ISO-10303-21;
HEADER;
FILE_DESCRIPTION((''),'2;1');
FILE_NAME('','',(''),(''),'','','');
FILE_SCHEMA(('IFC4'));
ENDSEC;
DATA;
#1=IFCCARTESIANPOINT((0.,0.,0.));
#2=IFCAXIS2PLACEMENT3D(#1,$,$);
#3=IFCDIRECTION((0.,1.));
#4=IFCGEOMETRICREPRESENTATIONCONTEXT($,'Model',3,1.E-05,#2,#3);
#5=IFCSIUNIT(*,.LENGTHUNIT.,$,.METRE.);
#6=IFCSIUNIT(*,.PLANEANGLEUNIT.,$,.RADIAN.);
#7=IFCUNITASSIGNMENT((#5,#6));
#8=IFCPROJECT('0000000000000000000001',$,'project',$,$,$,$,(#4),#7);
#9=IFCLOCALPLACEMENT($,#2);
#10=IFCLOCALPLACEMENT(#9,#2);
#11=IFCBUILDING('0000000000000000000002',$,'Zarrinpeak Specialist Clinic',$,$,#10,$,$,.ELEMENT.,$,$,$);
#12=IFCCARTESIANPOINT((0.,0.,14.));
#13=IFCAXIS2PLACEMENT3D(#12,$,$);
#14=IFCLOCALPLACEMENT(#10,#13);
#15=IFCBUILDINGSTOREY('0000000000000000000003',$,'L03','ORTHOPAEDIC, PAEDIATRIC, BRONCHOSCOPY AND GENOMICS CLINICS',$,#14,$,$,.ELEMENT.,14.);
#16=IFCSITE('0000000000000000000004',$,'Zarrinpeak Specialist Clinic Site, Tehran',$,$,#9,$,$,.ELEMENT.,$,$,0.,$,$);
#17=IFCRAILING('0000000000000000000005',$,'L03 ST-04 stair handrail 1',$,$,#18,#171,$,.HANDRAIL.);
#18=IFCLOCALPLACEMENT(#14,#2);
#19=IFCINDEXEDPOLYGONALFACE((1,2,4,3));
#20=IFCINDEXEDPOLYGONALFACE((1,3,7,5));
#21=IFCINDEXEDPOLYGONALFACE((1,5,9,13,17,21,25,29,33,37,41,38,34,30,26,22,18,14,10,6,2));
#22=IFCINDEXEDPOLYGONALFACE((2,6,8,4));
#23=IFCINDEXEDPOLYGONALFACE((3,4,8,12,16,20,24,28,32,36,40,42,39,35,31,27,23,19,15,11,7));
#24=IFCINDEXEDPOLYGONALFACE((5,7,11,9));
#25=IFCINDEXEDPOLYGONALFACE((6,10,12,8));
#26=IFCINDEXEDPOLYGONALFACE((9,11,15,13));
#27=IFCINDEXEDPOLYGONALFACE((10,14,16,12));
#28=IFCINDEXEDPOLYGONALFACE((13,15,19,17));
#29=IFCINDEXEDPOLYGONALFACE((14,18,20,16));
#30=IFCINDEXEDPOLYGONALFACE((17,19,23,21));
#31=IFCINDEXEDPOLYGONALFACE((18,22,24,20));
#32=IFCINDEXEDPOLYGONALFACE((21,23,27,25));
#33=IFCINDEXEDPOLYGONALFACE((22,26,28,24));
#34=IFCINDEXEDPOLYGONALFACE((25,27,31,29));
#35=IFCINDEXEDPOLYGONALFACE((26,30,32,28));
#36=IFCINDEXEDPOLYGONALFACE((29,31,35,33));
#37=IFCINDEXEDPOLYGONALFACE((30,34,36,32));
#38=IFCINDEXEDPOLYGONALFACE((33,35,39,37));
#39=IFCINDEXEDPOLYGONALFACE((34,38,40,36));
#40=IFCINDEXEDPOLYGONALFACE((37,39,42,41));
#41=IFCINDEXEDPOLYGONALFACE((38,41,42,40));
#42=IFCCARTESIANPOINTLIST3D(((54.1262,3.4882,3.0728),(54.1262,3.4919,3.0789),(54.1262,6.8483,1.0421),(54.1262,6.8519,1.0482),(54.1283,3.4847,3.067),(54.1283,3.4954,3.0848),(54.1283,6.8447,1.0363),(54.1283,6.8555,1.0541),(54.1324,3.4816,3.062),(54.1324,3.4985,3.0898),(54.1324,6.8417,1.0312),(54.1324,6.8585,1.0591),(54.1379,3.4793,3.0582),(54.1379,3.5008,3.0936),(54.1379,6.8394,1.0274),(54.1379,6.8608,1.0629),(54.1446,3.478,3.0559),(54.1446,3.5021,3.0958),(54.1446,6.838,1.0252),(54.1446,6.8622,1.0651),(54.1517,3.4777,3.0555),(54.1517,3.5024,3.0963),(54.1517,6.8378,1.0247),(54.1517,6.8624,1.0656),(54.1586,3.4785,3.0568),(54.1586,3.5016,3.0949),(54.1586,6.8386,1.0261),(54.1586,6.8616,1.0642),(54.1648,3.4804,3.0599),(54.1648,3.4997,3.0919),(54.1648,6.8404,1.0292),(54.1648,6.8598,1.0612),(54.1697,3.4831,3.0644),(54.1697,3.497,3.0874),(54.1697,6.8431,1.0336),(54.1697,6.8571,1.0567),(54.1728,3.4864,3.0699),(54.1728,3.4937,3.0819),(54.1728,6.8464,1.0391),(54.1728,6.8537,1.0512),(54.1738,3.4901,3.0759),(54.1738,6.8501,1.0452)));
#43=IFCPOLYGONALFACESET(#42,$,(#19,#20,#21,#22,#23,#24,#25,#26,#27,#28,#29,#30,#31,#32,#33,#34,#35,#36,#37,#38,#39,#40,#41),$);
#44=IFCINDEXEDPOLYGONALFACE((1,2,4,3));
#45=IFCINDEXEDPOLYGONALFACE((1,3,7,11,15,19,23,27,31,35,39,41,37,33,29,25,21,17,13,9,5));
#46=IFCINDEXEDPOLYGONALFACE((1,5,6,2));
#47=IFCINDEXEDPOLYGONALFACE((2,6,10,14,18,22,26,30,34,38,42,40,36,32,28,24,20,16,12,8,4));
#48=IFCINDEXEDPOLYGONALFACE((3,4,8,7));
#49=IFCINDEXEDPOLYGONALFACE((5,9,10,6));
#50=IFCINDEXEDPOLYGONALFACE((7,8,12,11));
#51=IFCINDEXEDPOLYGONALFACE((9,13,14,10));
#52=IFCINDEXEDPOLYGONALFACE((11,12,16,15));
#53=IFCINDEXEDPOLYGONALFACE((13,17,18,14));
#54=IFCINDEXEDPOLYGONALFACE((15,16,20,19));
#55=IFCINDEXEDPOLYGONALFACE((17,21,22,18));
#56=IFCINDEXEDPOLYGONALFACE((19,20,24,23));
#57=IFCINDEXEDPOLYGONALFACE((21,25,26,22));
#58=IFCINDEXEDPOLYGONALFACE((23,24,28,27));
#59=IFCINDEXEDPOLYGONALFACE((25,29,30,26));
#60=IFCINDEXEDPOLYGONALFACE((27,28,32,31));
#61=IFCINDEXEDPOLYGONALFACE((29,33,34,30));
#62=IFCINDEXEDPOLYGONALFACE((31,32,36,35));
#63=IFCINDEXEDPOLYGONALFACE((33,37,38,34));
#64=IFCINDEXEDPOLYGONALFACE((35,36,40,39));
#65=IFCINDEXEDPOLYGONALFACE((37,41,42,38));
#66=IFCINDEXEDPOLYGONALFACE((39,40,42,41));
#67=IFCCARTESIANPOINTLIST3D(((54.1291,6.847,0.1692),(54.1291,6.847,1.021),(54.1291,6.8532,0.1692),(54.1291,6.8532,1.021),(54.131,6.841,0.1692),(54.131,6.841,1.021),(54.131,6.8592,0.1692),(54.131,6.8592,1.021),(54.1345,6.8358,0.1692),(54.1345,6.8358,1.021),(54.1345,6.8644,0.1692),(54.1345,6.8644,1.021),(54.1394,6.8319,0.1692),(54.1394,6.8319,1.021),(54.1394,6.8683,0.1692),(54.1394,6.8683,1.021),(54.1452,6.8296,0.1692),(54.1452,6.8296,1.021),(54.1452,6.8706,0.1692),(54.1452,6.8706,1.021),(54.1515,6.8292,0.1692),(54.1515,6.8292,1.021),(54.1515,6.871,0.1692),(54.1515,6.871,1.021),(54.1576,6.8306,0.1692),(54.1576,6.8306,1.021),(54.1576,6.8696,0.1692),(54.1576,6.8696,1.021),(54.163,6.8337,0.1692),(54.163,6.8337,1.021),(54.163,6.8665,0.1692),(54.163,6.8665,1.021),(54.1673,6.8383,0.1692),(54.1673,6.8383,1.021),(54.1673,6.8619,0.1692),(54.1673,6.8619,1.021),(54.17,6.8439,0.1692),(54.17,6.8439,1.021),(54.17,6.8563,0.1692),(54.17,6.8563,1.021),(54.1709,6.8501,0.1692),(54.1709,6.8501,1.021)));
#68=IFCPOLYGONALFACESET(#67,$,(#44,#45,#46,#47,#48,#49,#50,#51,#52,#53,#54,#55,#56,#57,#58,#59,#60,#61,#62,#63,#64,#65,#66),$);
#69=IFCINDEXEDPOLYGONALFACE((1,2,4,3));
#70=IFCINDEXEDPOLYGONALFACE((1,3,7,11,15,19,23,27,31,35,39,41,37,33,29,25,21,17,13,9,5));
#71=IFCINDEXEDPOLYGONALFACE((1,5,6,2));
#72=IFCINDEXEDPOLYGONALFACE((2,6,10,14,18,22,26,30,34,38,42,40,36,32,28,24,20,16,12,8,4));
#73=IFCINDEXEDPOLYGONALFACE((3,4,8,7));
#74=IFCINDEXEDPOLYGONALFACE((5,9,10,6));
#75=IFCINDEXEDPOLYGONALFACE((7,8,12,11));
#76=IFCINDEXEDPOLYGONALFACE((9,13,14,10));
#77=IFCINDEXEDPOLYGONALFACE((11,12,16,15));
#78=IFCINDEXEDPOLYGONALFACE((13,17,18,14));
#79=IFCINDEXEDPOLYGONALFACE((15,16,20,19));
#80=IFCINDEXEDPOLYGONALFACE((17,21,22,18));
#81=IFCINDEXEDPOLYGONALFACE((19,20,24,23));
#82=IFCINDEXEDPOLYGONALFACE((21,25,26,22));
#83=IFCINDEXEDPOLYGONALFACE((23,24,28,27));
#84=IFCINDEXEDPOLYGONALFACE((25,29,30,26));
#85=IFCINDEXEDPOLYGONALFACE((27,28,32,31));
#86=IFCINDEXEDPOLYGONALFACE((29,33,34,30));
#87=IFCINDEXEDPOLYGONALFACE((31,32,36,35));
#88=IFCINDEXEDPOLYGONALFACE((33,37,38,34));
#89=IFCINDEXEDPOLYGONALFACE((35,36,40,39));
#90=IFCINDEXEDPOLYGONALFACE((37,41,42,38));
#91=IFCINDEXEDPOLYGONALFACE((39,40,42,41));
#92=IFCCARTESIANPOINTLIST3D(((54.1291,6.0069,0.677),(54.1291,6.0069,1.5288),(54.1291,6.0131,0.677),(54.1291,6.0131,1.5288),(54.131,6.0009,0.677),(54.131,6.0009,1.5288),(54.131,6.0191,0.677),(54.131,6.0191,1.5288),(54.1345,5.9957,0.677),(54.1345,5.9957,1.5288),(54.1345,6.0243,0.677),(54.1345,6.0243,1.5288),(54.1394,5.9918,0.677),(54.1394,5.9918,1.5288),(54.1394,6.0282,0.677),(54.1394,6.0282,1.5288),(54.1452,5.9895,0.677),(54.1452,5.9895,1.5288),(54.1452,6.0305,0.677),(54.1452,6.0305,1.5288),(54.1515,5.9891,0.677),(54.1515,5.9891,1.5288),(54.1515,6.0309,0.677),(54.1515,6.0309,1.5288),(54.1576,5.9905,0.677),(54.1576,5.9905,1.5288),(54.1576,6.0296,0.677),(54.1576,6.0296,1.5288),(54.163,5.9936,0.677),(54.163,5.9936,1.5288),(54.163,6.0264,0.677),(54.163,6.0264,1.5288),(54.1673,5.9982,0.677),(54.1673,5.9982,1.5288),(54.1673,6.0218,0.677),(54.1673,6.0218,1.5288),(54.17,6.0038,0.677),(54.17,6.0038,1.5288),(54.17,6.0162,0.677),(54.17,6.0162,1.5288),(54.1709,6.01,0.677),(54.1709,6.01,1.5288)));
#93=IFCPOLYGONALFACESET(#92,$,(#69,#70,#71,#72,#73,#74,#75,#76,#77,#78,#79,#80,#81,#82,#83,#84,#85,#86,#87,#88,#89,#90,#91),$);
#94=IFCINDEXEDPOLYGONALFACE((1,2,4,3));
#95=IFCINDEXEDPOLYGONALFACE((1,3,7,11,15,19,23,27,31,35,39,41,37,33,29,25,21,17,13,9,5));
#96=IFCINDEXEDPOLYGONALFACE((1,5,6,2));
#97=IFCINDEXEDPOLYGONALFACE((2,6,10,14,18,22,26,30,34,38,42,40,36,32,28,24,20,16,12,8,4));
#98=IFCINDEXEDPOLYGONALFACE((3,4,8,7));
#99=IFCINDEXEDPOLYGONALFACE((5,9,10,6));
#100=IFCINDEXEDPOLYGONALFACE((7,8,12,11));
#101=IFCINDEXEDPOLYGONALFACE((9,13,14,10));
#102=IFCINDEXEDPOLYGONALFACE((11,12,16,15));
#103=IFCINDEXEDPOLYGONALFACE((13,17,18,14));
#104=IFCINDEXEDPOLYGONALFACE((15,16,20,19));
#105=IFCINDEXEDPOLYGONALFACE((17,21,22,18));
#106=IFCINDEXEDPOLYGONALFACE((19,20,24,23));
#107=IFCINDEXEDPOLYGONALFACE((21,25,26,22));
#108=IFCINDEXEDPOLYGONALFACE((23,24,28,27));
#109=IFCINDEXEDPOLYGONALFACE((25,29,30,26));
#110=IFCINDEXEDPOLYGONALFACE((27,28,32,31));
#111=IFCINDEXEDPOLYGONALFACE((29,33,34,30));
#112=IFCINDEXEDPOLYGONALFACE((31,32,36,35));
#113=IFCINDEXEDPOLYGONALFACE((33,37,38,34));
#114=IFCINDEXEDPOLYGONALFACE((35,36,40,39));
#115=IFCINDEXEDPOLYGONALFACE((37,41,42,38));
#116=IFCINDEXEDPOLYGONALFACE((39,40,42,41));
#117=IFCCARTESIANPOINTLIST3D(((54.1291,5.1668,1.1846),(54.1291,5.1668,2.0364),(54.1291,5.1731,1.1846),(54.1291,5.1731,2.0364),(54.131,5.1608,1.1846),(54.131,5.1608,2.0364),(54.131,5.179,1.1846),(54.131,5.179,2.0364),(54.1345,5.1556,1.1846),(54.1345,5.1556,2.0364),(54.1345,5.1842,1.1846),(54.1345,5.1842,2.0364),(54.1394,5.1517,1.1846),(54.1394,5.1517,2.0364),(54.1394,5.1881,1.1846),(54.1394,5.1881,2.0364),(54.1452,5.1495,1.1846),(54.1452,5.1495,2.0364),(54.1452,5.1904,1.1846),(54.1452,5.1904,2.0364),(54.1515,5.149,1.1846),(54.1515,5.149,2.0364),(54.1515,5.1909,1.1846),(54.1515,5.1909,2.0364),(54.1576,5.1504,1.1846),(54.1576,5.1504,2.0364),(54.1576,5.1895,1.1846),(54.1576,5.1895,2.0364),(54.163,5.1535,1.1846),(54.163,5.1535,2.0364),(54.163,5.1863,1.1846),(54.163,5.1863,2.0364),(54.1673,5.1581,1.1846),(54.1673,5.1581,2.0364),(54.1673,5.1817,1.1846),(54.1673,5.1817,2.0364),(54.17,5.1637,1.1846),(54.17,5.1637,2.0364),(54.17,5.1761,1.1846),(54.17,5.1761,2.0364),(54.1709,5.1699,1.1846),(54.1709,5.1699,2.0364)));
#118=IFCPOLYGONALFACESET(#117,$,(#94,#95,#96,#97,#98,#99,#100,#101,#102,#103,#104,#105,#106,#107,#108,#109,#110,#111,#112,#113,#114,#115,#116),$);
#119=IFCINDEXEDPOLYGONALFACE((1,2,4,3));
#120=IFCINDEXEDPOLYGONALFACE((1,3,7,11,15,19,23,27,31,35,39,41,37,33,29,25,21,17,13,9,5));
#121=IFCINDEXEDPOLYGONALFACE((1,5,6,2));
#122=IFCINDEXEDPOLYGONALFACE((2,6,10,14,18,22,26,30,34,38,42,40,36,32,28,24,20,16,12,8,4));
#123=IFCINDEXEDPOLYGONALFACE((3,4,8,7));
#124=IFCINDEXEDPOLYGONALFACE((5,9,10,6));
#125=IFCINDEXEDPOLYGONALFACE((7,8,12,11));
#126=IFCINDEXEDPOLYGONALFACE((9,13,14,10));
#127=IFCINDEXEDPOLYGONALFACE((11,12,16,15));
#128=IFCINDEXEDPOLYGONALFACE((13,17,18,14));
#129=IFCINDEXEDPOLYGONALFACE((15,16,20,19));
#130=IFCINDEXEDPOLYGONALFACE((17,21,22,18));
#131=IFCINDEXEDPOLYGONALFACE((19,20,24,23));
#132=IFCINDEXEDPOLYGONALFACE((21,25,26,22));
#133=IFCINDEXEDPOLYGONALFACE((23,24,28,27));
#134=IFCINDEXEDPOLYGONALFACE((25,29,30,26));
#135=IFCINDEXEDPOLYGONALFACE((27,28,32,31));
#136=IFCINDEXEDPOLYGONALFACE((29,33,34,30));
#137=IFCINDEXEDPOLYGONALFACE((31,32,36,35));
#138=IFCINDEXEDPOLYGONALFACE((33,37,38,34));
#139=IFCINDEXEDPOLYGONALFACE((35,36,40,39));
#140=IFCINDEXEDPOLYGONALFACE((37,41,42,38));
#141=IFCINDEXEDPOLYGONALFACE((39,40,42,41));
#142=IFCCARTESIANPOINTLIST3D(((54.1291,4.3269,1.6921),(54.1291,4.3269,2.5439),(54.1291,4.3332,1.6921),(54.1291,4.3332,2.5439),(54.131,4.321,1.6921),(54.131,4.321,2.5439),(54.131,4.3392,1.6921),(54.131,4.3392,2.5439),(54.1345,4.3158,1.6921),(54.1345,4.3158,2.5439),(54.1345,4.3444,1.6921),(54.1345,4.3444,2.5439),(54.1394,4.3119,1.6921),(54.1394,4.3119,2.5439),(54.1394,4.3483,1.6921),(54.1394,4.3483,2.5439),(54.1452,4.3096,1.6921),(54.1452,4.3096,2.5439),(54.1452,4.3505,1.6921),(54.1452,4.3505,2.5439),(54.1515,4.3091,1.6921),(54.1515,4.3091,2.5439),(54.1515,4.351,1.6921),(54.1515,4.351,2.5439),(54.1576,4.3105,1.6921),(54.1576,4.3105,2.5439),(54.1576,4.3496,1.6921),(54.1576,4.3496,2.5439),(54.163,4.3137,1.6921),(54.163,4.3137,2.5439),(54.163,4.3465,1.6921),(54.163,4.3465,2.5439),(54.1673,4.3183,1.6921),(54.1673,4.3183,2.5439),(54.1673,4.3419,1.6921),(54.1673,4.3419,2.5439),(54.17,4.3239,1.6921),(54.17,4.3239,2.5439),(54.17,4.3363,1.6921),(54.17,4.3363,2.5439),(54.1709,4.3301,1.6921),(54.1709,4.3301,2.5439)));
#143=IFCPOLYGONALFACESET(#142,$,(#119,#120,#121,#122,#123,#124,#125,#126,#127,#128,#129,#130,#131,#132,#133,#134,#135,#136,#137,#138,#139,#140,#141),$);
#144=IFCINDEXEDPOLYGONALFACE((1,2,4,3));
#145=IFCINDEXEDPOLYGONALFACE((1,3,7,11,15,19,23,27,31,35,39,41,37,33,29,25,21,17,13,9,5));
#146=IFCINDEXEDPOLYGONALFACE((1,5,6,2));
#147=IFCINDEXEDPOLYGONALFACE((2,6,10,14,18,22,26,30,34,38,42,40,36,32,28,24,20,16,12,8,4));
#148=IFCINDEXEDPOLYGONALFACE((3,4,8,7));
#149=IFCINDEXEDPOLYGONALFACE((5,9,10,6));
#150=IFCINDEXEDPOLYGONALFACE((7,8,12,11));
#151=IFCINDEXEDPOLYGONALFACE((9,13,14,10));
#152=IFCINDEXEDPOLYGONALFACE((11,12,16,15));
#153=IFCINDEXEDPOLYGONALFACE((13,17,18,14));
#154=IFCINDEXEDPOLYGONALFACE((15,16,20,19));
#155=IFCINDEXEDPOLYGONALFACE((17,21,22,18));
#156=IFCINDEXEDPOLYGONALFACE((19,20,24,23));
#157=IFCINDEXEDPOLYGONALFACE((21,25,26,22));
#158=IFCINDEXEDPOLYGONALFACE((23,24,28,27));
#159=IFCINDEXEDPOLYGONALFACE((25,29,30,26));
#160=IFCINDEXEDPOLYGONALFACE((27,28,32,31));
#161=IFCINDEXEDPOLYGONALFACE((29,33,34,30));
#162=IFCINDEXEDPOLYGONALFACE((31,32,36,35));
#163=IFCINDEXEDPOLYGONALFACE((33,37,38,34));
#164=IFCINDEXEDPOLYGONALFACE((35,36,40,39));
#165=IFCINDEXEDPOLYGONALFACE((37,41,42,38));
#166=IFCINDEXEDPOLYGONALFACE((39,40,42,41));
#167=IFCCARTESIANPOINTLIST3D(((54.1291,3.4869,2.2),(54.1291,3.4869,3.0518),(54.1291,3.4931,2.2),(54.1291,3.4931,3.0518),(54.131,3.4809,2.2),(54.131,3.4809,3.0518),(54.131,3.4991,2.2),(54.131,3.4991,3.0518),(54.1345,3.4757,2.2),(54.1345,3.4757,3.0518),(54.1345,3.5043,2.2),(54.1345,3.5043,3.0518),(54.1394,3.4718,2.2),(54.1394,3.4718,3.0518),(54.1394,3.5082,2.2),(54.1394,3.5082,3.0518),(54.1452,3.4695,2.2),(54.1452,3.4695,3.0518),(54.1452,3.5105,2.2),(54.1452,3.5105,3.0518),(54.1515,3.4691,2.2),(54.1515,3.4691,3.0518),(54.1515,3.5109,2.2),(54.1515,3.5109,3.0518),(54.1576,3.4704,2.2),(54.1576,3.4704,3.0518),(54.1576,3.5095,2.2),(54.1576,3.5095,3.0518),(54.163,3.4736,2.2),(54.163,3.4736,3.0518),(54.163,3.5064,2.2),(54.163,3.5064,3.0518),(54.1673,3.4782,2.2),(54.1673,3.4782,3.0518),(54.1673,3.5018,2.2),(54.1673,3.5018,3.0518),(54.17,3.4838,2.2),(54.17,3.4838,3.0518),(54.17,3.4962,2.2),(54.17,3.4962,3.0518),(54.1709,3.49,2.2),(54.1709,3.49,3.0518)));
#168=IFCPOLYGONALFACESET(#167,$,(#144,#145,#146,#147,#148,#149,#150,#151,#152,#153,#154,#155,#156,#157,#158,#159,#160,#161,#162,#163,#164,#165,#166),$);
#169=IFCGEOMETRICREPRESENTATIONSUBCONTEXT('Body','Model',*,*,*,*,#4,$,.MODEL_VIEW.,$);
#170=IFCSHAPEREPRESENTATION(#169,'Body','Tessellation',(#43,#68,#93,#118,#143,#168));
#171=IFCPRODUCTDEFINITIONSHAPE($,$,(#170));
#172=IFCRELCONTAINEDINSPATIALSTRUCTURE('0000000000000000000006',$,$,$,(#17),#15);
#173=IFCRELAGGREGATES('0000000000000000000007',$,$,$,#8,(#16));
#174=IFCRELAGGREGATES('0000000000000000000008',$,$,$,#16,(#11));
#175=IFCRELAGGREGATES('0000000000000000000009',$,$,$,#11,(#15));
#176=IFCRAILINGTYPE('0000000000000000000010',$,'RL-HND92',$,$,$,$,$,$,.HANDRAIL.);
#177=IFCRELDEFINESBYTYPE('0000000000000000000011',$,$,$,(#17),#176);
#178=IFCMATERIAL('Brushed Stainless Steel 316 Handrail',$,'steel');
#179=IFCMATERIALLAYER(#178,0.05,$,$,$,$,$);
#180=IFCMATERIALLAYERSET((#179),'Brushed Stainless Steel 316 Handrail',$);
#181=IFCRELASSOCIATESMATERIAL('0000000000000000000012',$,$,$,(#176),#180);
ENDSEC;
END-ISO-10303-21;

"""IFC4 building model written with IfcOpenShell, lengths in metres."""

from ifc_helpers import new_model, si_unit, direction, frame, origin, origin_2d, place, context, subcontext, project, spatial, circle, extrude, material, layer, layer_set, type_object, element, save


model = new_model("IFC4")

# Units and contexts
model_context = context("Model", 3, precision=1e-05, world=origin(), true_north=direction((0.0, 1.0)))
body_context = subcontext(model_context, "Body", "Model", "MODEL_VIEW")
ifc_project = project(units=[si_unit("LENGTHUNIT", "METRE"), si_unit("PLANEANGLEUNIT", "RADIAN")], contexts=[model_context])

# Site, building, storey
site_placement = place(None, origin())
site = spatial("IfcSite", under=ifc_project, at=site_placement, Name="Zarrinpeak Specialist Clinic Site, Tehran", CompositionType="ELEMENT", RefElevation=0.0)
building_placement = place(site_placement, origin())
building = spatial("IfcBuilding", under=site, at=building_placement, Name="Zarrinpeak Specialist Clinic", CompositionType="ELEMENT")
storey_placement = place(building_placement, frame((0.0, 0.0, 14.0)))
storey = spatial("IfcBuildingStorey", under=building, at=storey_placement, Name="L03", Description="ORTHOPAEDIC, PAEDIATRIC, BRONCHOSCOPY AND GENOMICS CLINICS", CompositionType="ELEMENT", Elevation=14.0)

# Railing
ifc_material_1 = material(Name="Brushed Stainless Steel 316 Handrail", Category="steel")
ifc_layer_1 = layer(ifc_material_1, 0.05)
ifc_layer_set_1 = layer_set([ifc_layer_1], Name="Brushed Stainless Steel 316 Handrail")
railing_type_1 = type_object("IfcRailingType", Name="RL-HND92", PredefinedType="HANDRAIL", material=ifc_layer_set_1)
railing_1_placement = place(storey_placement, frame((54.1499, 6.8501, 0.1692)))
element("IfcRailing", 1, at=railing_1_placement, inside=storey, type_object=railing_type_1, Name="L03 ST-04 stair handrail 1", PredefinedType="HANDRAIL", context=body_context, shape_type="SweptSolid", body=[
    extrude(circle(Radius=0.0239, at=origin_2d()), frame((0.0, 0.0, 0.876), z_axis=(0.0, -0.855837, 0.517246), x_axis=(1.0, 0.0, 0.0)), (0.0, 0.0, 1.0), 3.926),
    extrude(circle(Radius=0.021, at=origin_2d()), origin(), (0.0, 0.0, 1.0), 0.8518),
    extrude(circle(Radius=0.021, at=origin_2d()), frame((0.0, -0.8401, 0.5078)), (0.0, 0.0, 1.0), 0.8518),
    extrude(circle(Radius=0.021, at=origin_2d()), frame((0.0, -1.6802, 1.0154)), (0.0, 0.0, 1.0), 0.8518),
    extrude(circle(Radius=0.021, at=origin_2d()), frame((0.0, -2.52, 1.5229)), (0.0, 0.0, 1.0), 0.8518),
    extrude(circle(Radius=0.021, at=origin_2d()), frame((0.0, -3.3601, 2.0308)), (0.0, 0.0, 1.0), 0.8518),
])

save(model, "model.ifc")
